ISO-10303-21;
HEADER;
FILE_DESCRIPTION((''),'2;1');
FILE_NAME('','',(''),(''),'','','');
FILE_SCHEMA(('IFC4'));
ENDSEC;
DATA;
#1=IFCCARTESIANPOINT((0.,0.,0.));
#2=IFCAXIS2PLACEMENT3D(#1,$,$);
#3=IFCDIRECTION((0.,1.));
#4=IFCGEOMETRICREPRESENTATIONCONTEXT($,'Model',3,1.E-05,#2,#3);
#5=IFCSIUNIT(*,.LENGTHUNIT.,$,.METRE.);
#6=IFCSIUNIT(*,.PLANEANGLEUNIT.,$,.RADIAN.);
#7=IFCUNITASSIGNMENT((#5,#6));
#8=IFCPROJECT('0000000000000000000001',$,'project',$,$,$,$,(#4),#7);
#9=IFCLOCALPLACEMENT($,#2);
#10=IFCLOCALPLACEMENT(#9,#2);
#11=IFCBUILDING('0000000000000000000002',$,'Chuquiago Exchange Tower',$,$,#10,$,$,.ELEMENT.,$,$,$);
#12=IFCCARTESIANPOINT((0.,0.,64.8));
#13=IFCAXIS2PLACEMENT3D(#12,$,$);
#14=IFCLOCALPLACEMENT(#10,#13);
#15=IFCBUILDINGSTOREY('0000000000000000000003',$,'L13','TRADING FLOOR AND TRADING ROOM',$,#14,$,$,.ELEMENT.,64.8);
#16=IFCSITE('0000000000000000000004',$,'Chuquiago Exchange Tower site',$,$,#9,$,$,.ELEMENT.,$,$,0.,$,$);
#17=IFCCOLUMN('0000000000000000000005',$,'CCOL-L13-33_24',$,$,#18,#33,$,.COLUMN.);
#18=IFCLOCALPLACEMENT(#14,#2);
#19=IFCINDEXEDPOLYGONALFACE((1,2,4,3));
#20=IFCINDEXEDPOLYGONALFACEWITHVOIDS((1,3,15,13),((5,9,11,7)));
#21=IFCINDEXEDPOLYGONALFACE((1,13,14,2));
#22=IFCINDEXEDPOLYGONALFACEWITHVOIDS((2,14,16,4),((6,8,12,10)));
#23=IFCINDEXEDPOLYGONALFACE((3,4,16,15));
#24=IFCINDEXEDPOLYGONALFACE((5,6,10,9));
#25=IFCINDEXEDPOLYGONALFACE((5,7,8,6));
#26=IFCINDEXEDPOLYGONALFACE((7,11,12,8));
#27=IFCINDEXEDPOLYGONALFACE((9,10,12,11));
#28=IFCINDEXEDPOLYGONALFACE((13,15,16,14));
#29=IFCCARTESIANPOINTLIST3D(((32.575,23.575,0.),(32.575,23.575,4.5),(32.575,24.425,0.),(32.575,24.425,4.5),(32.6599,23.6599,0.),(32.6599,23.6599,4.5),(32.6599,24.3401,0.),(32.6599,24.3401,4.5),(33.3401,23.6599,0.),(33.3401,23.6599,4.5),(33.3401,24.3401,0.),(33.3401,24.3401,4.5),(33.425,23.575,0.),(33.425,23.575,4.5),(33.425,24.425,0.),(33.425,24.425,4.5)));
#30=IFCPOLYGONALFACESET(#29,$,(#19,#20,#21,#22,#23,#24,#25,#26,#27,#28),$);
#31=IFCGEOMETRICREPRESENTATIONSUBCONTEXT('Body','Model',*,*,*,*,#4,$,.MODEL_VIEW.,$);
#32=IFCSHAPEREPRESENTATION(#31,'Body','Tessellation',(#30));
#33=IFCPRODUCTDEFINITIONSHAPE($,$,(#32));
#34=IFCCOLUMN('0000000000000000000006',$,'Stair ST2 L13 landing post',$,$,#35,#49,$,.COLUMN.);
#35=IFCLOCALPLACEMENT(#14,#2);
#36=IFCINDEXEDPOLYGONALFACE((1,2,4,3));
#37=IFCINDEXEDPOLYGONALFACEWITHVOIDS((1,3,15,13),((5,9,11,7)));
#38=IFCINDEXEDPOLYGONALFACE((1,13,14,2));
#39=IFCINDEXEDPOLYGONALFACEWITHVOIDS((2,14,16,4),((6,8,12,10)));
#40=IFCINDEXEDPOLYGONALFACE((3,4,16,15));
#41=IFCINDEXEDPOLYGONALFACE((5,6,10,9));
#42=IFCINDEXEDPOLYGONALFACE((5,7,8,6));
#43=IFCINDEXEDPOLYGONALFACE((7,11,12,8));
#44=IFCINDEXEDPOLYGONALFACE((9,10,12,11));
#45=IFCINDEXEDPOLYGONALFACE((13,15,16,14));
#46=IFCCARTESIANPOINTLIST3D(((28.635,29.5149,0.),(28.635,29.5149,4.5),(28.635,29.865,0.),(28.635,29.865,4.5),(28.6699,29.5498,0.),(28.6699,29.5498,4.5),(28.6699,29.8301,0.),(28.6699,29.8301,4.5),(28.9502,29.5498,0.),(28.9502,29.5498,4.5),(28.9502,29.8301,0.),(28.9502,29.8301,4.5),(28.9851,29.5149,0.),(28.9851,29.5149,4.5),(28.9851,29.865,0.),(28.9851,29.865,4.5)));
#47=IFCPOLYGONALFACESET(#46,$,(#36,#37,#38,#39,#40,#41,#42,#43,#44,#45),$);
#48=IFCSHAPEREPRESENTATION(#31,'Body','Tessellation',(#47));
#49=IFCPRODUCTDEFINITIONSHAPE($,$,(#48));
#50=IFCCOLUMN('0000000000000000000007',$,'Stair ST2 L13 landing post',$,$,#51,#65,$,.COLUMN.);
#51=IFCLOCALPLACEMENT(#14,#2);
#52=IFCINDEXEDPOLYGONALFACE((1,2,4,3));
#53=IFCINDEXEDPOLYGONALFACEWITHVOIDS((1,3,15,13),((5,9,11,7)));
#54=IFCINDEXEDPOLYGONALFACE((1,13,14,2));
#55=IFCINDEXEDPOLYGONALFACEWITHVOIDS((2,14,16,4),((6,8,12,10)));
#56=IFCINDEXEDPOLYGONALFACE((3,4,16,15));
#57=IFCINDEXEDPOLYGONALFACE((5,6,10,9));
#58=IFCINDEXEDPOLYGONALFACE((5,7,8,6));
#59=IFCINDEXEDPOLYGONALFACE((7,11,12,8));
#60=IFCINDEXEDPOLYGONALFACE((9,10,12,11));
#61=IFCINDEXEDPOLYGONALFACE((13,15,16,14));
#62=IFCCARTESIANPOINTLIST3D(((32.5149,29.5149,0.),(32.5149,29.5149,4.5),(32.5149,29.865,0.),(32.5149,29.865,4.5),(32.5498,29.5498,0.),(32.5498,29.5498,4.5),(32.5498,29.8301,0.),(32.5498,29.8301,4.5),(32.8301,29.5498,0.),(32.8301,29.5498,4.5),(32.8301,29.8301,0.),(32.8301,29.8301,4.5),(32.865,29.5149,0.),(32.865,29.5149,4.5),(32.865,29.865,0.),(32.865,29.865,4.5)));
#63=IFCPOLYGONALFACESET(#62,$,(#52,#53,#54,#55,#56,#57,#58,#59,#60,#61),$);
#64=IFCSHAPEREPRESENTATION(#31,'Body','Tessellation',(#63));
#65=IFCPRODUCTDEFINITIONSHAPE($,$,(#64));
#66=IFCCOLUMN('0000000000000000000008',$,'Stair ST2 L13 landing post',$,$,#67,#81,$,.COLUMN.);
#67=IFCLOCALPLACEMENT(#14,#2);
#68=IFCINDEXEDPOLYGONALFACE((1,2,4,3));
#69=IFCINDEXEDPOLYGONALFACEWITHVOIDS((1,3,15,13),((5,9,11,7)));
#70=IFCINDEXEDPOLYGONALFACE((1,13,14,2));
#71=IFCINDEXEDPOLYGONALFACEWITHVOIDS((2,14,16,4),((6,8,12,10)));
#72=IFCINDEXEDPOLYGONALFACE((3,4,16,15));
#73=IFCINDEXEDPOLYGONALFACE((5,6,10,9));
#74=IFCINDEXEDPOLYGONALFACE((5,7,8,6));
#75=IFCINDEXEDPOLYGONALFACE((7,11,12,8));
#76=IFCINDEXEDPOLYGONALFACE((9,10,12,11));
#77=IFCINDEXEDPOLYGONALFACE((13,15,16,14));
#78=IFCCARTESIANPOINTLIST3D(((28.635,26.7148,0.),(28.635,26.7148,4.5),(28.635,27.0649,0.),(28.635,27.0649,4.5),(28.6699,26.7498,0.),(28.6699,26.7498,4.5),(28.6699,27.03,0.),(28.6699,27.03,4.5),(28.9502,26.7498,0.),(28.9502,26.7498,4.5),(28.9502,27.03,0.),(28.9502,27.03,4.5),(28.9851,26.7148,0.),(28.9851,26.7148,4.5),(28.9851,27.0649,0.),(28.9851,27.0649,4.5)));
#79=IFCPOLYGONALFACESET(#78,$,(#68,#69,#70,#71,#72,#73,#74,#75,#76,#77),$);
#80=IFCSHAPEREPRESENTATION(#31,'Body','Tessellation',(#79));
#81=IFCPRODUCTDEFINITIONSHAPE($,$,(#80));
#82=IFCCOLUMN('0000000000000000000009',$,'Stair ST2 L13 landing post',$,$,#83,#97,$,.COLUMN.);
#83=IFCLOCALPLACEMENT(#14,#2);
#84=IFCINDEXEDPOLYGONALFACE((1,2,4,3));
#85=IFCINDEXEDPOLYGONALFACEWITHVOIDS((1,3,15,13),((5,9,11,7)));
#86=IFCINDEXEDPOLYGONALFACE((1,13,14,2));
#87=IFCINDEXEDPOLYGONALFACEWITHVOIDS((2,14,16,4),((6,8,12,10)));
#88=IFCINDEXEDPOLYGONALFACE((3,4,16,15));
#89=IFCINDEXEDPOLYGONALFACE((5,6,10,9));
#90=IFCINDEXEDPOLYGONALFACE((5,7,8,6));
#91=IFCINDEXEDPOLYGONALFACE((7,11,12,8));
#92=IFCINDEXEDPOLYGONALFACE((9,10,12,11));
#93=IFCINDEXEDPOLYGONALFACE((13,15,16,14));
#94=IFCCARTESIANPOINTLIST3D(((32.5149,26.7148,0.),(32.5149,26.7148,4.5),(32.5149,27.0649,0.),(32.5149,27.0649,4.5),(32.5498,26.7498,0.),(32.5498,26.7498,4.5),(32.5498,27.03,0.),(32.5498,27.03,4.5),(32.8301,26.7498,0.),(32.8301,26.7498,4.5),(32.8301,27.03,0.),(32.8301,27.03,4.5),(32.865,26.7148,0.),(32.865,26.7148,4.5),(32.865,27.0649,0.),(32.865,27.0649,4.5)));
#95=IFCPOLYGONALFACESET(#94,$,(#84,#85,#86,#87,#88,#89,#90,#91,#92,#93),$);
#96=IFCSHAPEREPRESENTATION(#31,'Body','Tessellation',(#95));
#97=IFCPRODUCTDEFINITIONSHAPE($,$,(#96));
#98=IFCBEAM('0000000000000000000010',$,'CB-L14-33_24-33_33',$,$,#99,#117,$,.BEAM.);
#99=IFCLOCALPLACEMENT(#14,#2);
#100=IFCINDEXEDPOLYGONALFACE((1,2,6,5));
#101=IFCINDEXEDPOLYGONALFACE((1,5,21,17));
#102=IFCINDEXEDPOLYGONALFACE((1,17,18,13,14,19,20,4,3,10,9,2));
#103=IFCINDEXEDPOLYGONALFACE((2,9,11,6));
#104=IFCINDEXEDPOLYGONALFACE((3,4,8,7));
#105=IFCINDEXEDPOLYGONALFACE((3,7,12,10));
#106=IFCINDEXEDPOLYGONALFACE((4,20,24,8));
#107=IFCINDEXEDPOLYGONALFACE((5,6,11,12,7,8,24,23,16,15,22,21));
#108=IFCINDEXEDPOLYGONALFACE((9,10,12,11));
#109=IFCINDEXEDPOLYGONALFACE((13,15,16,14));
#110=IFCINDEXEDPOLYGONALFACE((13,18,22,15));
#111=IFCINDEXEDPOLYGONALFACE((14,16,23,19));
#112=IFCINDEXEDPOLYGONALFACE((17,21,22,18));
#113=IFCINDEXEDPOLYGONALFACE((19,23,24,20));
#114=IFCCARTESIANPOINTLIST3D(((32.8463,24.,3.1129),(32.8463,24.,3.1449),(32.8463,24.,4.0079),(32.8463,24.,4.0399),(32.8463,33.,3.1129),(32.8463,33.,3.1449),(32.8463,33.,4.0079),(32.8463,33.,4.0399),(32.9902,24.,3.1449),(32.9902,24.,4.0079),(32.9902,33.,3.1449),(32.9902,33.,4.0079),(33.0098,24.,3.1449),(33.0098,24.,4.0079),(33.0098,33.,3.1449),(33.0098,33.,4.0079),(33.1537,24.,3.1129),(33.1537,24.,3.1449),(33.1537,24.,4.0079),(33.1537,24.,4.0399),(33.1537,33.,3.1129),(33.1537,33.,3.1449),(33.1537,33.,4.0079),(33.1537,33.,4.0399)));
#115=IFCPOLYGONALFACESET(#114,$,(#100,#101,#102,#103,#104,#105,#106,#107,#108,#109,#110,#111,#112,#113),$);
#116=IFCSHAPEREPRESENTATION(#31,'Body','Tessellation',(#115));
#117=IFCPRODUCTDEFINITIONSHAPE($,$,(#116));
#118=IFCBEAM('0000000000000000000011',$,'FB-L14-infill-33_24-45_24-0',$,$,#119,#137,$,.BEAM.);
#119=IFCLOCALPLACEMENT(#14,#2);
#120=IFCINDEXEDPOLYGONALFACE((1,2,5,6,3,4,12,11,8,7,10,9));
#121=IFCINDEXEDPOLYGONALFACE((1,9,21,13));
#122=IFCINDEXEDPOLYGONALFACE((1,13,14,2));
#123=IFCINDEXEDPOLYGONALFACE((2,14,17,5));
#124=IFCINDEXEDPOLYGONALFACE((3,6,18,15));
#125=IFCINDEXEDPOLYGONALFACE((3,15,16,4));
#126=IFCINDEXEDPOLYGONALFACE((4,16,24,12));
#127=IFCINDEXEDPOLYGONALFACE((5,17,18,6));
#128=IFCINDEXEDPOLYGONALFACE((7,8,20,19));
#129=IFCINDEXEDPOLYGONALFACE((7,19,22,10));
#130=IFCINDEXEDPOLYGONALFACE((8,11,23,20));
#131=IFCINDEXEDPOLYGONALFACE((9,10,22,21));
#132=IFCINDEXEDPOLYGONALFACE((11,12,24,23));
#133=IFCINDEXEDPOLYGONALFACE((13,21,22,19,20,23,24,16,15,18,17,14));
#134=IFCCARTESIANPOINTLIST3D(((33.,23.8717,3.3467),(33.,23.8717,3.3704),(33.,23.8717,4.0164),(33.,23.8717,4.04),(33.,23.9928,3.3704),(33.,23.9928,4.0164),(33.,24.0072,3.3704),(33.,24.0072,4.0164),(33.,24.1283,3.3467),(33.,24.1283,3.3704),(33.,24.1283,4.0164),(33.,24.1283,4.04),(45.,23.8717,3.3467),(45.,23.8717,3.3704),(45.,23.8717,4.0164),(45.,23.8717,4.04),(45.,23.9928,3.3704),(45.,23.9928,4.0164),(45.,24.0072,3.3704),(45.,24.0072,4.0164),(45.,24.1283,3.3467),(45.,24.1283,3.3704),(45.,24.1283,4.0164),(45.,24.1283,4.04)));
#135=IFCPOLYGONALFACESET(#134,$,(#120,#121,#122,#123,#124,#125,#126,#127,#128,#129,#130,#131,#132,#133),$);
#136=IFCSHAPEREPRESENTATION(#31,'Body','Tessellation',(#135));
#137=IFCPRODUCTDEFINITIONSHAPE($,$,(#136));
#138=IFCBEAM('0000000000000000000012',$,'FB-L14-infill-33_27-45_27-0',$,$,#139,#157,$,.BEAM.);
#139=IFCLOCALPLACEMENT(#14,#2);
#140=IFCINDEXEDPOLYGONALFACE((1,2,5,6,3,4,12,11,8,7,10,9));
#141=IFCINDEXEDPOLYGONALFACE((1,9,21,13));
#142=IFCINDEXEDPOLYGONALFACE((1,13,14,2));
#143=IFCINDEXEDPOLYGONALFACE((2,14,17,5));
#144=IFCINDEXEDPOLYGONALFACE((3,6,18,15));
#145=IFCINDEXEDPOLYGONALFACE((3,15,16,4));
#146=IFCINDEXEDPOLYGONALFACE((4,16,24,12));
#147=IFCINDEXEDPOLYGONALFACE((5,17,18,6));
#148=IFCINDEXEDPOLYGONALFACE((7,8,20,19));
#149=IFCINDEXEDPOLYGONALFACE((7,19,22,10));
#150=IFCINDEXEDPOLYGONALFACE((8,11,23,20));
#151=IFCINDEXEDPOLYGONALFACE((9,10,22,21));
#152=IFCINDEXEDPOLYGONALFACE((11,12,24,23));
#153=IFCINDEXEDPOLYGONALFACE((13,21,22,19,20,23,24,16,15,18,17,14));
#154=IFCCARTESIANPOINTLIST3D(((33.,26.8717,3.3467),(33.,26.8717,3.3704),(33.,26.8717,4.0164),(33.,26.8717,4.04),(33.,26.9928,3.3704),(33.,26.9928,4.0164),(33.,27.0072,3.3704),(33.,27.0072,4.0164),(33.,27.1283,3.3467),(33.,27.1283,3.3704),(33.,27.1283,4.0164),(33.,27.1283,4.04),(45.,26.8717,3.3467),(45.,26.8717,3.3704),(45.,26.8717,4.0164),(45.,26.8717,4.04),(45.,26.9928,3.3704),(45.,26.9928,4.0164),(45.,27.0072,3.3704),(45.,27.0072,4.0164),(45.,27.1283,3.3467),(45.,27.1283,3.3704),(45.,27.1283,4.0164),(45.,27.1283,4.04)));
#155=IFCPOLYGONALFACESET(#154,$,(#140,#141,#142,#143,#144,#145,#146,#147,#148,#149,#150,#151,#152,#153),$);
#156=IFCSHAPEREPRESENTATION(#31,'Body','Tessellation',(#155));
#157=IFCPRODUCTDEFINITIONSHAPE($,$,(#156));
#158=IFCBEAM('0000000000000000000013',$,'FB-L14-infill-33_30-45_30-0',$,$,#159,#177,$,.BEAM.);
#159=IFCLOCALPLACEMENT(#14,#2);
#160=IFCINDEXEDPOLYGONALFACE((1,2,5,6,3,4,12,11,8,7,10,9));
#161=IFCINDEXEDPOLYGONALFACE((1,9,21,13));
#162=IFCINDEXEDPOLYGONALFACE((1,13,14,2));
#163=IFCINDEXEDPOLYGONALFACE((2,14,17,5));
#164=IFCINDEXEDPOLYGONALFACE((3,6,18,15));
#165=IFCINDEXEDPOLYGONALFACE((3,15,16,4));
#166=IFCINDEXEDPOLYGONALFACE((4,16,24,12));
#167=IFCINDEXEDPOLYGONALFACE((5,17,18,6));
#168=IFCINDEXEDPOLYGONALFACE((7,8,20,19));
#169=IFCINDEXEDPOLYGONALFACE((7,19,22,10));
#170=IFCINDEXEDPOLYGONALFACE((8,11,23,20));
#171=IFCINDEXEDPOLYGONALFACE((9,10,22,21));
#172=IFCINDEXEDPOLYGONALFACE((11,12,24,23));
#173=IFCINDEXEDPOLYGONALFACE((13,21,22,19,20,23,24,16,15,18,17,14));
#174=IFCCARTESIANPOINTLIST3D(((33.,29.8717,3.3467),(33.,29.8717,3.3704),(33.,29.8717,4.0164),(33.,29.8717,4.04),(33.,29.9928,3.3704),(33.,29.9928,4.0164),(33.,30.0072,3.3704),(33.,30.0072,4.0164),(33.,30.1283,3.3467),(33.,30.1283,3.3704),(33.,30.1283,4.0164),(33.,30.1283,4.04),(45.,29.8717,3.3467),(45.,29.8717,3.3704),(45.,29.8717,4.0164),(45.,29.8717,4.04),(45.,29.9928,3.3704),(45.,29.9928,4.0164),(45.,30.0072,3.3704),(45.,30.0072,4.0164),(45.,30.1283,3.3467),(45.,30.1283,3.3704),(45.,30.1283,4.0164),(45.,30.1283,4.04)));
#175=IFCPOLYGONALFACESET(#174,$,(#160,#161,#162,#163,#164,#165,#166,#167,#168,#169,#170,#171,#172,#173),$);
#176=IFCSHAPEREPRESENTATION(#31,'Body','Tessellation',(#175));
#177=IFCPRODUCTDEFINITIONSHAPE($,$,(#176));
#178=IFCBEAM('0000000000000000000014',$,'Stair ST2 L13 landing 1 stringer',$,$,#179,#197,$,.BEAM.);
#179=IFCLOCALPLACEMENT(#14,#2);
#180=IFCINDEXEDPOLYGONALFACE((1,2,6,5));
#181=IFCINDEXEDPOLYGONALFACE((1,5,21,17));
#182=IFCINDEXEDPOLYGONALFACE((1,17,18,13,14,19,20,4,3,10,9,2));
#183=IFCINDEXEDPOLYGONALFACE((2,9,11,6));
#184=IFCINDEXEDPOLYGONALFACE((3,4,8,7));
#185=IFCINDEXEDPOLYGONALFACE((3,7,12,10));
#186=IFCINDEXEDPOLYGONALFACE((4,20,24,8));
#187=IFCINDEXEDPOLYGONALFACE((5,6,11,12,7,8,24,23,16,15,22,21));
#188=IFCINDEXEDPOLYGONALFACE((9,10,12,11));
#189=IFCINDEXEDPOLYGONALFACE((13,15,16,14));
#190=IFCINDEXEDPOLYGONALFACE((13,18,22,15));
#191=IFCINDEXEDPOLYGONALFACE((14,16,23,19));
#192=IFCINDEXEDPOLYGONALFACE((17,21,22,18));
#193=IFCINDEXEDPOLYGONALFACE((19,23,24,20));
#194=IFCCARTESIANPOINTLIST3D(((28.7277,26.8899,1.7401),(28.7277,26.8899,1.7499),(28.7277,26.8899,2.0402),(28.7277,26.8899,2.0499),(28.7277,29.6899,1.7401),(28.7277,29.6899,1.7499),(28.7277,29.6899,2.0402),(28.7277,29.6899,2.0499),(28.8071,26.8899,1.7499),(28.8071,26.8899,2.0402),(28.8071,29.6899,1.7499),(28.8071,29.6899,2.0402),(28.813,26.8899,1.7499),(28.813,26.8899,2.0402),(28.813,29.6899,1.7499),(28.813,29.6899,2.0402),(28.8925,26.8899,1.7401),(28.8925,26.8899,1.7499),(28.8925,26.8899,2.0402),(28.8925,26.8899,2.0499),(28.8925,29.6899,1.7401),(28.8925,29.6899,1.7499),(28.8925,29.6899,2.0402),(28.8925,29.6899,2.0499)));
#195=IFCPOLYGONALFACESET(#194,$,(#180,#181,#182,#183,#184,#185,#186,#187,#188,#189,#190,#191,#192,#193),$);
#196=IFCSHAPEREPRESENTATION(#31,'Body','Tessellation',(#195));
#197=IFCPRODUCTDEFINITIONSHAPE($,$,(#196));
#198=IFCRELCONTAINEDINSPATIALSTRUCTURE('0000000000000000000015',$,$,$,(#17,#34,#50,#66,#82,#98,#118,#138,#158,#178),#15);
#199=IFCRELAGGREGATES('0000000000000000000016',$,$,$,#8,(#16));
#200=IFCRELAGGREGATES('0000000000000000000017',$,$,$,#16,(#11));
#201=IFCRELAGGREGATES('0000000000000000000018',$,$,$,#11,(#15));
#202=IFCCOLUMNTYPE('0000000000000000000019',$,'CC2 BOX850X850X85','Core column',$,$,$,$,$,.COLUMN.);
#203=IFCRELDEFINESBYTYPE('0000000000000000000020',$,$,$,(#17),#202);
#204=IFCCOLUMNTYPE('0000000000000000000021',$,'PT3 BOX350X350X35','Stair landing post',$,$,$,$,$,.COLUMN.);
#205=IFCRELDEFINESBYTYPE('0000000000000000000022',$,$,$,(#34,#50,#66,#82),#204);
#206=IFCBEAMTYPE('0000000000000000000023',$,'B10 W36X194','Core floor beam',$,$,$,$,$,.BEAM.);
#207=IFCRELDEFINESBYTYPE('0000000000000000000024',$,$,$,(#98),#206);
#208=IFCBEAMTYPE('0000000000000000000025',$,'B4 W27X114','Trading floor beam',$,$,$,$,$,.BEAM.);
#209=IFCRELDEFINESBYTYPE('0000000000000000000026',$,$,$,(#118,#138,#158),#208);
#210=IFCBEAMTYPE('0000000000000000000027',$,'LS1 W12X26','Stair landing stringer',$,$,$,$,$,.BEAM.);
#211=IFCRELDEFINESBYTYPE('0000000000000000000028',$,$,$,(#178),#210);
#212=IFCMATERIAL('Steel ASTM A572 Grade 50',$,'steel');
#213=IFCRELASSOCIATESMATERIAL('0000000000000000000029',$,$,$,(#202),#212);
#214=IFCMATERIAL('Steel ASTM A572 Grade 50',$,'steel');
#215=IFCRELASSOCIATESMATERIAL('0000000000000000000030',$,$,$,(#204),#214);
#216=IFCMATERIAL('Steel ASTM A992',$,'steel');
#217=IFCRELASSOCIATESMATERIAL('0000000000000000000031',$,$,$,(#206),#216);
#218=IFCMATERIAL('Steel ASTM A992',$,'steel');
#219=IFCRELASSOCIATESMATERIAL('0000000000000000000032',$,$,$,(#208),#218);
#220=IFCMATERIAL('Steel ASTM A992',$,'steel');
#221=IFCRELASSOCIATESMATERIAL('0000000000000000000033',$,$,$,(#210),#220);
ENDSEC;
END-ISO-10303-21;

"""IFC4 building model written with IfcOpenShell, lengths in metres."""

from ifc_helpers import new_model, si_unit, direction, frame, origin, origin_2d, place, context, subcontext, project, spatial, hollow_rectangle, i_section, extrude, material, material_profile, profile_set, type_object, element, save


model = new_model("IFC4")

# Units and contexts
model_context = context("Model", 3, precision=1e-05, world=origin(), true_north=direction((0.0, 1.0)))
body_context = subcontext(model_context, "Body", "Model", "MODEL_VIEW")
ifc_project = project(units=[si_unit("LENGTHUNIT", "METRE"), si_unit("PLANEANGLEUNIT", "RADIAN")], contexts=[model_context])

# Site, building, storey
site_placement = place(None, origin())
site = spatial("IfcSite", under=ifc_project, at=site_placement, Name="Chuquiago Exchange Tower site", CompositionType="ELEMENT", RefElevation=0.0)
building_placement = place(site_placement, origin())
building = spatial("IfcBuilding", under=site, at=building_placement, Name="Chuquiago Exchange Tower", CompositionType="ELEMENT")
storey_placement = place(building_placement, frame((0.0, 0.0, 64.8)))
storey = spatial("IfcBuildingStorey", under=building, at=storey_placement, Name="L13", Description="TRADING FLOOR AND TRADING ROOM", CompositionType="ELEMENT", Elevation=64.8)

# Columns
ifc_material_1 = material(Name="Steel ASTM A572 Grade 50", Category="steel")
ifc_material_profile_1 = material_profile(ifc_material_1, hollow_rectangle(XDim=0.8501, YDim=0.8501, WallThickness=0.085, at=origin_2d()), Name="BOX850X850X85")
ifc_profile_set_1 = profile_set([ifc_material_profile_1], Name="Steel ASTM A572 Grade 50")
column_type_1 = type_object("IfcColumnType", Name="CC2 BOX850X850X85", Description="Core column", PredefinedType="COLUMN", material=ifc_profile_set_1)
column_placement = place(storey_placement, frame((33.0, 24.0, 0.0), z_axis=(0.0, 0.0, 1.0), x_axis=(1.0, 0.0, 0.0)))
element("IfcColumn", 1, at=column_placement, inside=storey, type_object=column_type_1, Name="CCOL-L13-33_24", PredefinedType="COLUMN", context=body_context, shape_type="SweptSolid", body=[
    extrude(hollow_rectangle(XDim=0.8501, YDim=0.8501, WallThickness=0.085, at=origin_2d()), origin(), (0.0, 0.0, 1.0), 4.5),
])
ifc_material_2 = material(Name="Steel ASTM A572 Grade 50", Category="steel")
ifc_material_profile_2 = material_profile(ifc_material_2, hollow_rectangle(XDim=0.3501, YDim=0.3501, WallThickness=0.0349, at=origin_2d()), Name="BOX350X350X35")
ifc_profile_set_2 = profile_set([ifc_material_profile_2], Name="Steel ASTM A572 Grade 50")
column_type_2 = type_object("IfcColumnType", Name="PT3 BOX350X350X35", Description="Stair landing post", PredefinedType="COLUMN", material=ifc_profile_set_2)
for number, where, z_axis, x_axis, name in (
    (2, (28.8101, 29.6899, 0.0), (0.0, 0.0, 1.0), (1.0, 0.0, 0.0), "Stair ST2 L13 landing post"),
    (3, (32.6899, 29.6899, 0.0), (0.0, 0.0, 1.0), (1.0, 0.0, 0.0), "Stair ST2 L13 landing post"),
    (4, (28.8101, 26.8899, 0.0), (0.0, 0.0, 1.0), (1.0, 0.0, 0.0), "Stair ST2 L13 landing post"),
    (5, (32.6899, 26.8899, 0.0), (0.0, 0.0, 1.0), (1.0, 0.0, 0.0), "Stair ST2 L13 landing post"),
):
    element("IfcColumn", number, at=place(storey_placement, frame(where, z_axis=z_axis, x_axis=x_axis)), inside=storey, type_object=column_type_2, Name=name, PredefinedType="COLUMN", context=body_context, shape_type="SweptSolid", body=[
        extrude(hollow_rectangle(XDim=0.3501, YDim=0.3501, WallThickness=0.0349, at=origin_2d()), origin(), (0.0, 0.0, 1.0), 4.5),
    ])

# Beams
ifc_material_3 = material(Name="Steel ASTM A992", Category="steel")
ifc_material_profile_3 = material_profile(ifc_material_3, i_section(OverallWidth=0.3074, OverallDepth=0.927, WebThickness=0.0195, FlangeThickness=0.032, at=origin_2d()), Name="W36X194")
ifc_profile_set_3 = profile_set([ifc_material_profile_3], Name="Steel ASTM A992")
beam_type_1 = type_object("IfcBeamType", Name="B10 W36X194", Description="Core floor beam", PredefinedType="BEAM", material=ifc_profile_set_3)
beam_placement = place(storey_placement, frame((33.0, 24.0, 3.5764), z_axis=(0.0, 1.0, 0.0), x_axis=(-1.0, 0.0, 0.0)))
element("IfcBeam", 6, at=beam_placement, inside=storey, type_object=beam_type_1, Name="CB-L14-33_24-33_33", PredefinedType="BEAM", context=body_context, shape_type="SweptSolid", body=[
    extrude(i_section(OverallWidth=0.3074, OverallDepth=0.927, WebThickness=0.0195, FlangeThickness=0.032, at=origin_2d()), origin(), (0.0, 0.0, 1.0), 9.0),
])
ifc_material_4 = material(Name="Steel ASTM A992", Category="steel")
ifc_material_profile_4 = material_profile(ifc_material_4, i_section(OverallWidth=0.2566, OverallDepth=0.6934, WebThickness=0.0144, FlangeThickness=0.0237, at=origin_2d()), Name="W27X114")
ifc_profile_set_4 = profile_set([ifc_material_profile_4], Name="Steel ASTM A992")
beam_type_2 = type_object("IfcBeamType", Name="B4 W27X114", Description="Trading floor beam", PredefinedType="BEAM", material=ifc_profile_set_4)
for number, where, z_axis, x_axis, name in (
    (7, (33.0, 24.0, 3.6934), (1.0, 0.0, 0.0), (0.0, 1.0, 0.0), "FB-L14-infill-33_24-45_24-0"),
    (8, (33.0, 27.0, 3.6934), (1.0, 0.0, 0.0), (0.0, 1.0, 0.0), "FB-L14-infill-33_27-45_27-0"),
    (9, (33.0, 30.0, 3.6934), (1.0, 0.0, 0.0), (0.0, 1.0, 0.0), "FB-L14-infill-33_30-45_30-0"),
):
    element("IfcBeam", number, at=place(storey_placement, frame(where, z_axis=z_axis, x_axis=x_axis)), inside=storey, type_object=beam_type_2, Name=name, PredefinedType="BEAM", context=body_context, shape_type="SweptSolid", body=[
        extrude(i_section(OverallWidth=0.2566, OverallDepth=0.6934, WebThickness=0.0144, FlangeThickness=0.0237, at=origin_2d()), origin(), (0.0, 0.0, 1.0), 12.0),
    ])
ifc_material_5 = material(Name="Steel ASTM A992", Category="steel")
ifc_material_profile_5 = material_profile(ifc_material_5, i_section(OverallWidth=0.1648, OverallDepth=0.3098, WebThickness=0.0059, FlangeThickness=0.0098, at=origin_2d()), Name="W12X26")
ifc_profile_set_5 = profile_set([ifc_material_profile_5], Name="Steel ASTM A992")
beam_type_3 = type_object("IfcBeamType", Name="LS1 W12X26", Description="Stair landing stringer", PredefinedType="BEAM", material=ifc_profile_set_5)
for number, where, z_axis, x_axis, name in (
    (10, (28.8101, 26.8899, 1.895), (0.0, 1.0, 0.0), (-1.0, 0.0, 0.0), "Stair ST2 L13 landing 1 stringer"),
):
    element("IfcBeam", number, at=place(storey_placement, frame(where, z_axis=z_axis, x_axis=x_axis)), inside=storey, type_object=beam_type_3, Name=name, PredefinedType="BEAM", context=body_context, shape_type="SweptSolid", body=[
        extrude(i_section(OverallWidth=0.1648, OverallDepth=0.3098, WebThickness=0.0059, FlangeThickness=0.0098, at=origin_2d()), origin(), (0.0, 0.0, 1.0), 2.8),
    ])

save(model, "model.ifc")
